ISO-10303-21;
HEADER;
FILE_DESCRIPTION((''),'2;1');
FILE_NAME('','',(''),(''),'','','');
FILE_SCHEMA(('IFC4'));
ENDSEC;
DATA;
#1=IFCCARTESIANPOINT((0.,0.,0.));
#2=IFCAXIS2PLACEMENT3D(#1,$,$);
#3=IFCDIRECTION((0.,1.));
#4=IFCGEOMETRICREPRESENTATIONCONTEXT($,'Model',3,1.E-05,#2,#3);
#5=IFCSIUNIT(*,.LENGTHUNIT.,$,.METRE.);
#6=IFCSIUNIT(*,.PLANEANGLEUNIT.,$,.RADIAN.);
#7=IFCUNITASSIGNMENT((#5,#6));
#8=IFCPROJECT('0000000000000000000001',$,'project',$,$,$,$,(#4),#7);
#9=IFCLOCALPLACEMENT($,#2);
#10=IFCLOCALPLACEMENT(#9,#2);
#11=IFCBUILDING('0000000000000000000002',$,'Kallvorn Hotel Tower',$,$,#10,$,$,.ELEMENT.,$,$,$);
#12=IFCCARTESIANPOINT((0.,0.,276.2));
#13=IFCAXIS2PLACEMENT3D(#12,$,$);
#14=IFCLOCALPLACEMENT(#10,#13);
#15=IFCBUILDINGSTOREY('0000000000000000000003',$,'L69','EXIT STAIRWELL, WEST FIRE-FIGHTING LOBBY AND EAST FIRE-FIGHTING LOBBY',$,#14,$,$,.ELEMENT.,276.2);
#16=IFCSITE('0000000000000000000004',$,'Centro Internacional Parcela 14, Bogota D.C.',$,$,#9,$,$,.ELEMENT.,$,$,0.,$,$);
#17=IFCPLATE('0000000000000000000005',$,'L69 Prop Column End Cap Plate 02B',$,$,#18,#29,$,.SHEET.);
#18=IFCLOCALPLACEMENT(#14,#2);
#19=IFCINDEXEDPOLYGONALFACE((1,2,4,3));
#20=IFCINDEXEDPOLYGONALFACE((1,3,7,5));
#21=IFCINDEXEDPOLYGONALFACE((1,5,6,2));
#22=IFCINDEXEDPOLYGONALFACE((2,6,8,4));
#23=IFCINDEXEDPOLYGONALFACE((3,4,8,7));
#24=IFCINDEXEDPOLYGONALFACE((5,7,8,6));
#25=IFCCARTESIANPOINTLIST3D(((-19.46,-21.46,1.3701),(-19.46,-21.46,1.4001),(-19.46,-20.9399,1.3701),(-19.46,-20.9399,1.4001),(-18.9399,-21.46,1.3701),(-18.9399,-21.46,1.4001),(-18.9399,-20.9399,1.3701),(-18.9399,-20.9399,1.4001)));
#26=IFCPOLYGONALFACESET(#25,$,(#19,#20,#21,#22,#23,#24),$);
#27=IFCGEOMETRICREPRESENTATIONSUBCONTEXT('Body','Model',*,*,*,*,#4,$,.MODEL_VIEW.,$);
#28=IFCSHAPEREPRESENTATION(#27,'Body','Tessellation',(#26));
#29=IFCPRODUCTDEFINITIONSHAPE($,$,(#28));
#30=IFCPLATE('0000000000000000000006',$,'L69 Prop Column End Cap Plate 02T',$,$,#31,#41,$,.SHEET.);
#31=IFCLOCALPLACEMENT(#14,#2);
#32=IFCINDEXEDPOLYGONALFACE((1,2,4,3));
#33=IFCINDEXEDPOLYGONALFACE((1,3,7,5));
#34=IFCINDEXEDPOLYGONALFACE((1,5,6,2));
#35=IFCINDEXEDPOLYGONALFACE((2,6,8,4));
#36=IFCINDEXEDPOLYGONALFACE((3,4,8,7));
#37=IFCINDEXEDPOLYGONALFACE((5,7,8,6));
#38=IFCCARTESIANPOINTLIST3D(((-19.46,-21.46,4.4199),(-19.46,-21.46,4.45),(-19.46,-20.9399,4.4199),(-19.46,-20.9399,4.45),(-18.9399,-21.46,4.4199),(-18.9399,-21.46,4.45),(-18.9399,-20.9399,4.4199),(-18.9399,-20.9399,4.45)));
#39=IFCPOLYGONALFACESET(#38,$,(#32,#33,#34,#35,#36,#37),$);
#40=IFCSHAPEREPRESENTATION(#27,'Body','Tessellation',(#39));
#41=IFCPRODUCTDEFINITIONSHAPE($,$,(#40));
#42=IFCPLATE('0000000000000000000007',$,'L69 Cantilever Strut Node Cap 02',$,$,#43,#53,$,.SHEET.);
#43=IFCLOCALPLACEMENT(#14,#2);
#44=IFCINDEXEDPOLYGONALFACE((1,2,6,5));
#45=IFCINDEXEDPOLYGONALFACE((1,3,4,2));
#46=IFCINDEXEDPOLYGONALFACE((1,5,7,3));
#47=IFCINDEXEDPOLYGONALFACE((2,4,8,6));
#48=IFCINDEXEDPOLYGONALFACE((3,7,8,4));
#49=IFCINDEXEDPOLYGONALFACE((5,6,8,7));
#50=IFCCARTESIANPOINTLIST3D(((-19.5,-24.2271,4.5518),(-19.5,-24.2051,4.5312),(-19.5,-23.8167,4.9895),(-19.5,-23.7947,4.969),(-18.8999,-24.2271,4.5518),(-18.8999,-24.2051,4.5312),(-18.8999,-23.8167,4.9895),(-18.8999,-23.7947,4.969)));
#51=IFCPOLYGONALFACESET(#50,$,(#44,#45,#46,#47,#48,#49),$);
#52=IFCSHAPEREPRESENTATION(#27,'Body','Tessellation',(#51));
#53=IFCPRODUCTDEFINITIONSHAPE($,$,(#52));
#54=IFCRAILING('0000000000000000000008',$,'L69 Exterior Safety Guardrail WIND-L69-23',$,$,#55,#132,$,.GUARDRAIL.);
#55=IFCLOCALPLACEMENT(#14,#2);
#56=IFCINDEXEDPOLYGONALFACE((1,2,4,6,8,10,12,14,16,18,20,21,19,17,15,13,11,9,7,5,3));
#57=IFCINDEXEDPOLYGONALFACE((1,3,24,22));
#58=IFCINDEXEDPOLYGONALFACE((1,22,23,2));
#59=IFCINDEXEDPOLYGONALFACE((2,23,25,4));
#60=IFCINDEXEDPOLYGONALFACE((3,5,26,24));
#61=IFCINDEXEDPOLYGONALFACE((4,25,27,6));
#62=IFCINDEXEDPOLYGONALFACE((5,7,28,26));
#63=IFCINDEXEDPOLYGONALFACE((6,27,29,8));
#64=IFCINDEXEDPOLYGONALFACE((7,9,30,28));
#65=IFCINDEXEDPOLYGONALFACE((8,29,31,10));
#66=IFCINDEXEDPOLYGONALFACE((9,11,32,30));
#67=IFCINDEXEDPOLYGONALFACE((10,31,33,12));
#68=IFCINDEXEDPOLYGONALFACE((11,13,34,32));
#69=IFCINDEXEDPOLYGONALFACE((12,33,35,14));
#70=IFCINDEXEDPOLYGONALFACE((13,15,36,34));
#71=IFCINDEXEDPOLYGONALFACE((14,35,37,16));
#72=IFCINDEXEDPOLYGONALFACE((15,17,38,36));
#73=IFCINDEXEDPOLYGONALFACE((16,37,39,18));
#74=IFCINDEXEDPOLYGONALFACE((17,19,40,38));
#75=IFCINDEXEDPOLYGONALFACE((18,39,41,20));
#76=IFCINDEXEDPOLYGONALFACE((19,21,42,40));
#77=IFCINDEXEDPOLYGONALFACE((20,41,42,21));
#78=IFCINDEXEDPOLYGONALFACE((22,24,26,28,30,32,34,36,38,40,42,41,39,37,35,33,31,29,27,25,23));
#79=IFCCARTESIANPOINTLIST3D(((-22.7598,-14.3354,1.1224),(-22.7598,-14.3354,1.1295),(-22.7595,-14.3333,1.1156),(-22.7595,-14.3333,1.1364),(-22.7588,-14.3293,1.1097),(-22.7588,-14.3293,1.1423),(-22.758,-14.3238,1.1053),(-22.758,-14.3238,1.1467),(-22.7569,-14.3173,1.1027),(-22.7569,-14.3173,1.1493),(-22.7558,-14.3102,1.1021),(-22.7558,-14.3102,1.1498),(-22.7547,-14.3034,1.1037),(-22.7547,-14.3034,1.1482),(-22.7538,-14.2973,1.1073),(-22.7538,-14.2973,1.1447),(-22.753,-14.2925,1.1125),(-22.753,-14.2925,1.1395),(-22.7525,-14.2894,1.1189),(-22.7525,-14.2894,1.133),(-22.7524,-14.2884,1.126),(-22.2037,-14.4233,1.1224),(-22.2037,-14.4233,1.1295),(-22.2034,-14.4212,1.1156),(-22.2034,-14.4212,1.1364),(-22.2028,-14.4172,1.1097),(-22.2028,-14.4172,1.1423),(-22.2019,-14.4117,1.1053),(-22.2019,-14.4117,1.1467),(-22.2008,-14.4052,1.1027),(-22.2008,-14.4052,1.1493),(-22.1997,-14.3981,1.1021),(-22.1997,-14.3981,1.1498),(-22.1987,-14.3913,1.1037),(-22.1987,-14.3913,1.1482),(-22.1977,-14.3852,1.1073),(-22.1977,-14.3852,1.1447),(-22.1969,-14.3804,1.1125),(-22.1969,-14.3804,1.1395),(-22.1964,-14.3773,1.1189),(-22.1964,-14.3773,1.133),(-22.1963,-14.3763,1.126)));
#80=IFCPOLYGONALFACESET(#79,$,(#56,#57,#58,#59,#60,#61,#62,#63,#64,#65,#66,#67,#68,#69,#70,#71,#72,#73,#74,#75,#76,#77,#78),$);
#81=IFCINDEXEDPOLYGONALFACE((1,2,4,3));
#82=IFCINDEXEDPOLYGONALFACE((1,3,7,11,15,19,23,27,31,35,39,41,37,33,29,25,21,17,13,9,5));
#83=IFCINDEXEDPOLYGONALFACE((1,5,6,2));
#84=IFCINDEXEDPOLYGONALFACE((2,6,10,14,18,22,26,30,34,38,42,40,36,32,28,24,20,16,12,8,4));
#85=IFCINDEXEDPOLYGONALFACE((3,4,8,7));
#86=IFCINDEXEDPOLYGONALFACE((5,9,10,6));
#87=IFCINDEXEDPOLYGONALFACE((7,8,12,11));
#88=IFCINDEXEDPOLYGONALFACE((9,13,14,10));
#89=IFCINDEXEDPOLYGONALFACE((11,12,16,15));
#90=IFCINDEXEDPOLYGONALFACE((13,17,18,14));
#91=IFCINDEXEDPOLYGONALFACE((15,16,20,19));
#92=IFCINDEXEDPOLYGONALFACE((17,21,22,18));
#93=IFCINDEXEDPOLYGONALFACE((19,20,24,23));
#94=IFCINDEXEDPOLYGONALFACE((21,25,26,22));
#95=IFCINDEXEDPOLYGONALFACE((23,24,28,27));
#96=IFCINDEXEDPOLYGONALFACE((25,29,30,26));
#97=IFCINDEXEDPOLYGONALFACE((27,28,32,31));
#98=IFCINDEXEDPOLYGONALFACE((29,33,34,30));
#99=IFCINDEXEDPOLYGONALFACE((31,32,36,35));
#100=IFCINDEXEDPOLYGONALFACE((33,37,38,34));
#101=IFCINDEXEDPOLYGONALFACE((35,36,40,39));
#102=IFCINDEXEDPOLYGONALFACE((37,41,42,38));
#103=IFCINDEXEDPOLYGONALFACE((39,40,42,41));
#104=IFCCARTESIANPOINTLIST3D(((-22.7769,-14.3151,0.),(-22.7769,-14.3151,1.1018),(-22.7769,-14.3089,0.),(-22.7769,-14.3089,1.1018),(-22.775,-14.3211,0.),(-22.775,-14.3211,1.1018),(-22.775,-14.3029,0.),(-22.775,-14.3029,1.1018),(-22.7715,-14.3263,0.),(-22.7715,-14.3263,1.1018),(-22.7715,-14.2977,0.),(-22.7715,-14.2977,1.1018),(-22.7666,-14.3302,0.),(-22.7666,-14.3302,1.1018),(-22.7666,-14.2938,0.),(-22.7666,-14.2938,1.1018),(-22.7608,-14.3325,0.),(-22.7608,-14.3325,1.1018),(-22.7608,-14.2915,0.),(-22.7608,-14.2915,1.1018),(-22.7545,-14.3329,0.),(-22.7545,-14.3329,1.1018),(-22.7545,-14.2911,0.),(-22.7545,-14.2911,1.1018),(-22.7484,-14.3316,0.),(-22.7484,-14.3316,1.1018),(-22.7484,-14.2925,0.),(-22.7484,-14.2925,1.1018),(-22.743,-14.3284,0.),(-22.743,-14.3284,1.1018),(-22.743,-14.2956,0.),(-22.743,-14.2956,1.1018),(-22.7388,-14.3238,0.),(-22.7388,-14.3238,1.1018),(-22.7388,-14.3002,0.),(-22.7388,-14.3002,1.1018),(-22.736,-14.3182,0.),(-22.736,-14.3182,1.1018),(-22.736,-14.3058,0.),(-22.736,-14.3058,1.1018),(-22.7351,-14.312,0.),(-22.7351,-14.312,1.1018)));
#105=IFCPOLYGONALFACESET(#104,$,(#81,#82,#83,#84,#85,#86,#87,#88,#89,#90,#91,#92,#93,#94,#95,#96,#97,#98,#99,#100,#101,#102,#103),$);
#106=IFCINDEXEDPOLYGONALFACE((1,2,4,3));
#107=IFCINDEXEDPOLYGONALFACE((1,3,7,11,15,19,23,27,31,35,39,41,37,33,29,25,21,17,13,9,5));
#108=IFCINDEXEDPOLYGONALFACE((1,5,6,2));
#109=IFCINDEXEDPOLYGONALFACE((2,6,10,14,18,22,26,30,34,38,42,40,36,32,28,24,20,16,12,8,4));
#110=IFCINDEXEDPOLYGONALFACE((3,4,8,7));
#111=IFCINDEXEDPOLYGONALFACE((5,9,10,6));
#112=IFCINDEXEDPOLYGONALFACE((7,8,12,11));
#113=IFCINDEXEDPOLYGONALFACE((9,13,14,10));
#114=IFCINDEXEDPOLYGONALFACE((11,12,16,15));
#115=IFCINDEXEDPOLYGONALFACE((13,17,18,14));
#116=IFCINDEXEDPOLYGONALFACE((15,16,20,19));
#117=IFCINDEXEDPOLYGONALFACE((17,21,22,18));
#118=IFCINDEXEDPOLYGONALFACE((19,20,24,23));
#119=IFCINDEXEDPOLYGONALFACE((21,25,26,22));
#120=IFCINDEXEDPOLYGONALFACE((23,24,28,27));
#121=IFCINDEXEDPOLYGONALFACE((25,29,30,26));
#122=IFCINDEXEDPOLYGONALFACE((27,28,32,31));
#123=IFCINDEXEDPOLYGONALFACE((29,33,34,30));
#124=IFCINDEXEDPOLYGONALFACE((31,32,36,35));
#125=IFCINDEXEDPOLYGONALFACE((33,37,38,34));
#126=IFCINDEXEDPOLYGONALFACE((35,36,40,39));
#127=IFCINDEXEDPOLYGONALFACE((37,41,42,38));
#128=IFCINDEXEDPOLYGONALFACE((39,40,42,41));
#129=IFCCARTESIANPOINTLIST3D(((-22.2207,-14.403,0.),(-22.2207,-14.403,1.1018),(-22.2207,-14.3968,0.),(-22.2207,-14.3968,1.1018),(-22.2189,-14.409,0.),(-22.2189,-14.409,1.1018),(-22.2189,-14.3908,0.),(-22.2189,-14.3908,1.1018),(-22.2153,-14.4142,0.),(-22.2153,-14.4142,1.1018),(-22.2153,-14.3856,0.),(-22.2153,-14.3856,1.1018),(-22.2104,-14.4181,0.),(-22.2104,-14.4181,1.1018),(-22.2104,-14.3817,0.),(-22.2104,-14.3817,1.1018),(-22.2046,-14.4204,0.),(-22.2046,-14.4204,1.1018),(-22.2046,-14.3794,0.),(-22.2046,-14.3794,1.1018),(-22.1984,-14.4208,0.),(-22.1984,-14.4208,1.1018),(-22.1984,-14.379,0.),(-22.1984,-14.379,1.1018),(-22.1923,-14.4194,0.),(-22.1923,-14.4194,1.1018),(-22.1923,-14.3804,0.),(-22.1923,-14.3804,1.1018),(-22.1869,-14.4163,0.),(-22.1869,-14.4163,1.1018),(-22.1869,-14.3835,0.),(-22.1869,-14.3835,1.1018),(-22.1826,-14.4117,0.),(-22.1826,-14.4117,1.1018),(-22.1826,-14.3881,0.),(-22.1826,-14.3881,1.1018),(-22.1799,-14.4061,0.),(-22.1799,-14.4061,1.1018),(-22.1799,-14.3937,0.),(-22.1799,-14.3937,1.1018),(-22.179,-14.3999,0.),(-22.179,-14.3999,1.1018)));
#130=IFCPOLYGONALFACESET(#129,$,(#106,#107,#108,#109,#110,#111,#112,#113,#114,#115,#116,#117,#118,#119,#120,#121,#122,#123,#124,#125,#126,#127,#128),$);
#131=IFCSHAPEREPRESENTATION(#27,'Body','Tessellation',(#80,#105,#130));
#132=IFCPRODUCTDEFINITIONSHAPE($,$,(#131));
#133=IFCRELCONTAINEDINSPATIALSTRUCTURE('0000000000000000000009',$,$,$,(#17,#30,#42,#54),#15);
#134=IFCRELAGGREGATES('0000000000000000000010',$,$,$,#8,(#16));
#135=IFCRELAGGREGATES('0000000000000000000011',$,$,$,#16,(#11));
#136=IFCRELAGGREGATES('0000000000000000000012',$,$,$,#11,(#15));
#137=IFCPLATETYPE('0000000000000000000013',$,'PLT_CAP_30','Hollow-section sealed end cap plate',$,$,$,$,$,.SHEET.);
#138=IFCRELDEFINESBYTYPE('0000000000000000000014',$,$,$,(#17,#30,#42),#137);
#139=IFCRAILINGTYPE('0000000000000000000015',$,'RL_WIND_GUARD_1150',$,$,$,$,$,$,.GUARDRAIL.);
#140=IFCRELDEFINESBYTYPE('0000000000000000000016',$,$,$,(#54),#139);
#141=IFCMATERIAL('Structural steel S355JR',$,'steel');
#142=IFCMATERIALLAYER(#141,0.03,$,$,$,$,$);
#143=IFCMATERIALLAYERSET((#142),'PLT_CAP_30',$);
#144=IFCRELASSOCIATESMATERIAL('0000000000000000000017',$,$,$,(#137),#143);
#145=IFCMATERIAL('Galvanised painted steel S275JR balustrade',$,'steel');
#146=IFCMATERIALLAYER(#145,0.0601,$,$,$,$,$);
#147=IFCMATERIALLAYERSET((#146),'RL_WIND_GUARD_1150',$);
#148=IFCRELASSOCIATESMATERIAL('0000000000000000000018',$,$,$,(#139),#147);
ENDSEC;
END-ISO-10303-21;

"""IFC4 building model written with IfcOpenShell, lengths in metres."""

from ifc_helpers import new_model, si_unit, direction, frame, origin, origin_2d, place, context, subcontext, project, spatial, polyline, rectangle, circle, outline, extrude, material, layer, layer_set, type_object, element, save


model = new_model("IFC4")

# Units and contexts
model_context = context("Model", 3, precision=1e-05, world=origin(), true_north=direction((0.0, 1.0)))
body_context = subcontext(model_context, "Body", "Model", "MODEL_VIEW")
ifc_project = project(units=[si_unit("LENGTHUNIT", "METRE"), si_unit("PLANEANGLEUNIT", "RADIAN")], contexts=[model_context])

# Site, building, storey
site_placement = place(None, origin())
site = spatial("IfcSite", under=ifc_project, at=site_placement, Name="Centro Internacional Parcela 14, Bogota D.C.", CompositionType="ELEMENT", RefElevation=0.0)
building_placement = place(site_placement, origin())
building = spatial("IfcBuilding", under=site, at=building_placement, Name="Kallvorn Hotel Tower", CompositionType="ELEMENT")
storey_placement = place(building_placement, frame((0.0, 0.0, 276.2)))
storey = spatial("IfcBuildingStorey", under=building, at=storey_placement, Name="L69", Description="EXIT STAIRWELL, WEST FIRE-FIGHTING LOBBY AND EAST FIRE-FIGHTING LOBBY", CompositionType="ELEMENT", Elevation=276.2)

# Plates
ifc_material_1 = material(Name="Structural steel S355JR", Category="steel")
ifc_layer_1 = layer(ifc_material_1, 0.03)
ifc_layer_set_1 = layer_set([ifc_layer_1], Name="PLT_CAP_30")
plate_type = type_object("IfcPlateType", Name="PLT_CAP_30", Description="Hollow-section sealed end cap plate", PredefinedType="SHEET", material=ifc_layer_set_1)
for number, where, z_axis, x_axis, name in (
    (1, (-19.2, -21.2, 1.3701), (0.0, 0.0, 1.0), (1.0, 0.0, 0.0), "L69 Prop Column End Cap Plate 02B"),
    (2, (-19.2, -21.2, 4.4199), (0.0, 0.0, 1.0), (1.0, 0.0, 0.0), "L69 Prop Column End Cap Plate 02T"),
):
    element("IfcPlate", number, at=place(storey_placement, frame(where, z_axis=z_axis, x_axis=x_axis)), inside=storey, type_object=plate_type, Name=name, PredefinedType="SHEET", context=body_context, shape_type="SweptSolid", body=[
        extrude(rectangle(XDim=0.52, YDim=0.52, at=origin_2d()), origin(), (0.0, 0.0, 1.0), 0.03),
    ])
plate_1_placement = place(storey_placement, frame((-19.5, -24.2271, 4.5518), z_axis=(0.0, -0.729525, 0.683955), x_axis=(1.0, 0.0, 0.0)))
element("IfcPlate", 3, at=plate_1_placement, inside=storey, type_object=plate_type, Name="L69 Cantilever Strut Node Cap 02", PredefinedType="SHEET", context=body_context, shape_type="SweptSolid", body=[
    extrude(outline(polyline([(0.0, 0.0), (0.6001, 0.0), (0.6001, 0.6), (0.0, 0.6), (0.0, 0.0)])), origin(), (0.0, 0.0, -1.0), 0.03),
])

# Railing
ifc_material_2 = material(Name="Galvanised painted steel S275JR balustrade", Category="steel")
ifc_layer_2 = layer(ifc_material_2, 0.0601)
ifc_layer_set_2 = layer_set([ifc_layer_2], Name="RL_WIND_GUARD_1150")
railing_type = type_object("IfcRailingType", Name="RL_WIND_GUARD_1150", PredefinedType="GUARDRAIL", material=ifc_layer_set_2)
railing_1_placement = place(storey_placement, frame((-22.7561, -14.312, 0.0)))
element("IfcRailing", 4, at=railing_1_placement, inside=storey, type_object=railing_type, Name="L69 Exterior Safety Guardrail WIND-L69-23", PredefinedType="GUARDRAIL", context=body_context, shape_type="SweptSolid", body=[
    extrude(circle(Radius=0.0239, at=origin_2d()), frame((0.0, 0.0, 1.126), z_axis=(0.987742, -0.156096, 0.0), x_axis=(0.156096, 0.987742, 0.0)), (0.0, 0.0, 1.0), 0.563),
    extrude(circle(Radius=0.021, at=origin_2d()), origin(), (0.0, 0.0, 1.0), 1.1018),
    extrude(circle(Radius=0.021, at=origin_2d()), frame((0.5562, -0.0879, 0.0)), (0.0, 0.0, 1.0), 1.1018),
])

save(model, "model.ifc")
